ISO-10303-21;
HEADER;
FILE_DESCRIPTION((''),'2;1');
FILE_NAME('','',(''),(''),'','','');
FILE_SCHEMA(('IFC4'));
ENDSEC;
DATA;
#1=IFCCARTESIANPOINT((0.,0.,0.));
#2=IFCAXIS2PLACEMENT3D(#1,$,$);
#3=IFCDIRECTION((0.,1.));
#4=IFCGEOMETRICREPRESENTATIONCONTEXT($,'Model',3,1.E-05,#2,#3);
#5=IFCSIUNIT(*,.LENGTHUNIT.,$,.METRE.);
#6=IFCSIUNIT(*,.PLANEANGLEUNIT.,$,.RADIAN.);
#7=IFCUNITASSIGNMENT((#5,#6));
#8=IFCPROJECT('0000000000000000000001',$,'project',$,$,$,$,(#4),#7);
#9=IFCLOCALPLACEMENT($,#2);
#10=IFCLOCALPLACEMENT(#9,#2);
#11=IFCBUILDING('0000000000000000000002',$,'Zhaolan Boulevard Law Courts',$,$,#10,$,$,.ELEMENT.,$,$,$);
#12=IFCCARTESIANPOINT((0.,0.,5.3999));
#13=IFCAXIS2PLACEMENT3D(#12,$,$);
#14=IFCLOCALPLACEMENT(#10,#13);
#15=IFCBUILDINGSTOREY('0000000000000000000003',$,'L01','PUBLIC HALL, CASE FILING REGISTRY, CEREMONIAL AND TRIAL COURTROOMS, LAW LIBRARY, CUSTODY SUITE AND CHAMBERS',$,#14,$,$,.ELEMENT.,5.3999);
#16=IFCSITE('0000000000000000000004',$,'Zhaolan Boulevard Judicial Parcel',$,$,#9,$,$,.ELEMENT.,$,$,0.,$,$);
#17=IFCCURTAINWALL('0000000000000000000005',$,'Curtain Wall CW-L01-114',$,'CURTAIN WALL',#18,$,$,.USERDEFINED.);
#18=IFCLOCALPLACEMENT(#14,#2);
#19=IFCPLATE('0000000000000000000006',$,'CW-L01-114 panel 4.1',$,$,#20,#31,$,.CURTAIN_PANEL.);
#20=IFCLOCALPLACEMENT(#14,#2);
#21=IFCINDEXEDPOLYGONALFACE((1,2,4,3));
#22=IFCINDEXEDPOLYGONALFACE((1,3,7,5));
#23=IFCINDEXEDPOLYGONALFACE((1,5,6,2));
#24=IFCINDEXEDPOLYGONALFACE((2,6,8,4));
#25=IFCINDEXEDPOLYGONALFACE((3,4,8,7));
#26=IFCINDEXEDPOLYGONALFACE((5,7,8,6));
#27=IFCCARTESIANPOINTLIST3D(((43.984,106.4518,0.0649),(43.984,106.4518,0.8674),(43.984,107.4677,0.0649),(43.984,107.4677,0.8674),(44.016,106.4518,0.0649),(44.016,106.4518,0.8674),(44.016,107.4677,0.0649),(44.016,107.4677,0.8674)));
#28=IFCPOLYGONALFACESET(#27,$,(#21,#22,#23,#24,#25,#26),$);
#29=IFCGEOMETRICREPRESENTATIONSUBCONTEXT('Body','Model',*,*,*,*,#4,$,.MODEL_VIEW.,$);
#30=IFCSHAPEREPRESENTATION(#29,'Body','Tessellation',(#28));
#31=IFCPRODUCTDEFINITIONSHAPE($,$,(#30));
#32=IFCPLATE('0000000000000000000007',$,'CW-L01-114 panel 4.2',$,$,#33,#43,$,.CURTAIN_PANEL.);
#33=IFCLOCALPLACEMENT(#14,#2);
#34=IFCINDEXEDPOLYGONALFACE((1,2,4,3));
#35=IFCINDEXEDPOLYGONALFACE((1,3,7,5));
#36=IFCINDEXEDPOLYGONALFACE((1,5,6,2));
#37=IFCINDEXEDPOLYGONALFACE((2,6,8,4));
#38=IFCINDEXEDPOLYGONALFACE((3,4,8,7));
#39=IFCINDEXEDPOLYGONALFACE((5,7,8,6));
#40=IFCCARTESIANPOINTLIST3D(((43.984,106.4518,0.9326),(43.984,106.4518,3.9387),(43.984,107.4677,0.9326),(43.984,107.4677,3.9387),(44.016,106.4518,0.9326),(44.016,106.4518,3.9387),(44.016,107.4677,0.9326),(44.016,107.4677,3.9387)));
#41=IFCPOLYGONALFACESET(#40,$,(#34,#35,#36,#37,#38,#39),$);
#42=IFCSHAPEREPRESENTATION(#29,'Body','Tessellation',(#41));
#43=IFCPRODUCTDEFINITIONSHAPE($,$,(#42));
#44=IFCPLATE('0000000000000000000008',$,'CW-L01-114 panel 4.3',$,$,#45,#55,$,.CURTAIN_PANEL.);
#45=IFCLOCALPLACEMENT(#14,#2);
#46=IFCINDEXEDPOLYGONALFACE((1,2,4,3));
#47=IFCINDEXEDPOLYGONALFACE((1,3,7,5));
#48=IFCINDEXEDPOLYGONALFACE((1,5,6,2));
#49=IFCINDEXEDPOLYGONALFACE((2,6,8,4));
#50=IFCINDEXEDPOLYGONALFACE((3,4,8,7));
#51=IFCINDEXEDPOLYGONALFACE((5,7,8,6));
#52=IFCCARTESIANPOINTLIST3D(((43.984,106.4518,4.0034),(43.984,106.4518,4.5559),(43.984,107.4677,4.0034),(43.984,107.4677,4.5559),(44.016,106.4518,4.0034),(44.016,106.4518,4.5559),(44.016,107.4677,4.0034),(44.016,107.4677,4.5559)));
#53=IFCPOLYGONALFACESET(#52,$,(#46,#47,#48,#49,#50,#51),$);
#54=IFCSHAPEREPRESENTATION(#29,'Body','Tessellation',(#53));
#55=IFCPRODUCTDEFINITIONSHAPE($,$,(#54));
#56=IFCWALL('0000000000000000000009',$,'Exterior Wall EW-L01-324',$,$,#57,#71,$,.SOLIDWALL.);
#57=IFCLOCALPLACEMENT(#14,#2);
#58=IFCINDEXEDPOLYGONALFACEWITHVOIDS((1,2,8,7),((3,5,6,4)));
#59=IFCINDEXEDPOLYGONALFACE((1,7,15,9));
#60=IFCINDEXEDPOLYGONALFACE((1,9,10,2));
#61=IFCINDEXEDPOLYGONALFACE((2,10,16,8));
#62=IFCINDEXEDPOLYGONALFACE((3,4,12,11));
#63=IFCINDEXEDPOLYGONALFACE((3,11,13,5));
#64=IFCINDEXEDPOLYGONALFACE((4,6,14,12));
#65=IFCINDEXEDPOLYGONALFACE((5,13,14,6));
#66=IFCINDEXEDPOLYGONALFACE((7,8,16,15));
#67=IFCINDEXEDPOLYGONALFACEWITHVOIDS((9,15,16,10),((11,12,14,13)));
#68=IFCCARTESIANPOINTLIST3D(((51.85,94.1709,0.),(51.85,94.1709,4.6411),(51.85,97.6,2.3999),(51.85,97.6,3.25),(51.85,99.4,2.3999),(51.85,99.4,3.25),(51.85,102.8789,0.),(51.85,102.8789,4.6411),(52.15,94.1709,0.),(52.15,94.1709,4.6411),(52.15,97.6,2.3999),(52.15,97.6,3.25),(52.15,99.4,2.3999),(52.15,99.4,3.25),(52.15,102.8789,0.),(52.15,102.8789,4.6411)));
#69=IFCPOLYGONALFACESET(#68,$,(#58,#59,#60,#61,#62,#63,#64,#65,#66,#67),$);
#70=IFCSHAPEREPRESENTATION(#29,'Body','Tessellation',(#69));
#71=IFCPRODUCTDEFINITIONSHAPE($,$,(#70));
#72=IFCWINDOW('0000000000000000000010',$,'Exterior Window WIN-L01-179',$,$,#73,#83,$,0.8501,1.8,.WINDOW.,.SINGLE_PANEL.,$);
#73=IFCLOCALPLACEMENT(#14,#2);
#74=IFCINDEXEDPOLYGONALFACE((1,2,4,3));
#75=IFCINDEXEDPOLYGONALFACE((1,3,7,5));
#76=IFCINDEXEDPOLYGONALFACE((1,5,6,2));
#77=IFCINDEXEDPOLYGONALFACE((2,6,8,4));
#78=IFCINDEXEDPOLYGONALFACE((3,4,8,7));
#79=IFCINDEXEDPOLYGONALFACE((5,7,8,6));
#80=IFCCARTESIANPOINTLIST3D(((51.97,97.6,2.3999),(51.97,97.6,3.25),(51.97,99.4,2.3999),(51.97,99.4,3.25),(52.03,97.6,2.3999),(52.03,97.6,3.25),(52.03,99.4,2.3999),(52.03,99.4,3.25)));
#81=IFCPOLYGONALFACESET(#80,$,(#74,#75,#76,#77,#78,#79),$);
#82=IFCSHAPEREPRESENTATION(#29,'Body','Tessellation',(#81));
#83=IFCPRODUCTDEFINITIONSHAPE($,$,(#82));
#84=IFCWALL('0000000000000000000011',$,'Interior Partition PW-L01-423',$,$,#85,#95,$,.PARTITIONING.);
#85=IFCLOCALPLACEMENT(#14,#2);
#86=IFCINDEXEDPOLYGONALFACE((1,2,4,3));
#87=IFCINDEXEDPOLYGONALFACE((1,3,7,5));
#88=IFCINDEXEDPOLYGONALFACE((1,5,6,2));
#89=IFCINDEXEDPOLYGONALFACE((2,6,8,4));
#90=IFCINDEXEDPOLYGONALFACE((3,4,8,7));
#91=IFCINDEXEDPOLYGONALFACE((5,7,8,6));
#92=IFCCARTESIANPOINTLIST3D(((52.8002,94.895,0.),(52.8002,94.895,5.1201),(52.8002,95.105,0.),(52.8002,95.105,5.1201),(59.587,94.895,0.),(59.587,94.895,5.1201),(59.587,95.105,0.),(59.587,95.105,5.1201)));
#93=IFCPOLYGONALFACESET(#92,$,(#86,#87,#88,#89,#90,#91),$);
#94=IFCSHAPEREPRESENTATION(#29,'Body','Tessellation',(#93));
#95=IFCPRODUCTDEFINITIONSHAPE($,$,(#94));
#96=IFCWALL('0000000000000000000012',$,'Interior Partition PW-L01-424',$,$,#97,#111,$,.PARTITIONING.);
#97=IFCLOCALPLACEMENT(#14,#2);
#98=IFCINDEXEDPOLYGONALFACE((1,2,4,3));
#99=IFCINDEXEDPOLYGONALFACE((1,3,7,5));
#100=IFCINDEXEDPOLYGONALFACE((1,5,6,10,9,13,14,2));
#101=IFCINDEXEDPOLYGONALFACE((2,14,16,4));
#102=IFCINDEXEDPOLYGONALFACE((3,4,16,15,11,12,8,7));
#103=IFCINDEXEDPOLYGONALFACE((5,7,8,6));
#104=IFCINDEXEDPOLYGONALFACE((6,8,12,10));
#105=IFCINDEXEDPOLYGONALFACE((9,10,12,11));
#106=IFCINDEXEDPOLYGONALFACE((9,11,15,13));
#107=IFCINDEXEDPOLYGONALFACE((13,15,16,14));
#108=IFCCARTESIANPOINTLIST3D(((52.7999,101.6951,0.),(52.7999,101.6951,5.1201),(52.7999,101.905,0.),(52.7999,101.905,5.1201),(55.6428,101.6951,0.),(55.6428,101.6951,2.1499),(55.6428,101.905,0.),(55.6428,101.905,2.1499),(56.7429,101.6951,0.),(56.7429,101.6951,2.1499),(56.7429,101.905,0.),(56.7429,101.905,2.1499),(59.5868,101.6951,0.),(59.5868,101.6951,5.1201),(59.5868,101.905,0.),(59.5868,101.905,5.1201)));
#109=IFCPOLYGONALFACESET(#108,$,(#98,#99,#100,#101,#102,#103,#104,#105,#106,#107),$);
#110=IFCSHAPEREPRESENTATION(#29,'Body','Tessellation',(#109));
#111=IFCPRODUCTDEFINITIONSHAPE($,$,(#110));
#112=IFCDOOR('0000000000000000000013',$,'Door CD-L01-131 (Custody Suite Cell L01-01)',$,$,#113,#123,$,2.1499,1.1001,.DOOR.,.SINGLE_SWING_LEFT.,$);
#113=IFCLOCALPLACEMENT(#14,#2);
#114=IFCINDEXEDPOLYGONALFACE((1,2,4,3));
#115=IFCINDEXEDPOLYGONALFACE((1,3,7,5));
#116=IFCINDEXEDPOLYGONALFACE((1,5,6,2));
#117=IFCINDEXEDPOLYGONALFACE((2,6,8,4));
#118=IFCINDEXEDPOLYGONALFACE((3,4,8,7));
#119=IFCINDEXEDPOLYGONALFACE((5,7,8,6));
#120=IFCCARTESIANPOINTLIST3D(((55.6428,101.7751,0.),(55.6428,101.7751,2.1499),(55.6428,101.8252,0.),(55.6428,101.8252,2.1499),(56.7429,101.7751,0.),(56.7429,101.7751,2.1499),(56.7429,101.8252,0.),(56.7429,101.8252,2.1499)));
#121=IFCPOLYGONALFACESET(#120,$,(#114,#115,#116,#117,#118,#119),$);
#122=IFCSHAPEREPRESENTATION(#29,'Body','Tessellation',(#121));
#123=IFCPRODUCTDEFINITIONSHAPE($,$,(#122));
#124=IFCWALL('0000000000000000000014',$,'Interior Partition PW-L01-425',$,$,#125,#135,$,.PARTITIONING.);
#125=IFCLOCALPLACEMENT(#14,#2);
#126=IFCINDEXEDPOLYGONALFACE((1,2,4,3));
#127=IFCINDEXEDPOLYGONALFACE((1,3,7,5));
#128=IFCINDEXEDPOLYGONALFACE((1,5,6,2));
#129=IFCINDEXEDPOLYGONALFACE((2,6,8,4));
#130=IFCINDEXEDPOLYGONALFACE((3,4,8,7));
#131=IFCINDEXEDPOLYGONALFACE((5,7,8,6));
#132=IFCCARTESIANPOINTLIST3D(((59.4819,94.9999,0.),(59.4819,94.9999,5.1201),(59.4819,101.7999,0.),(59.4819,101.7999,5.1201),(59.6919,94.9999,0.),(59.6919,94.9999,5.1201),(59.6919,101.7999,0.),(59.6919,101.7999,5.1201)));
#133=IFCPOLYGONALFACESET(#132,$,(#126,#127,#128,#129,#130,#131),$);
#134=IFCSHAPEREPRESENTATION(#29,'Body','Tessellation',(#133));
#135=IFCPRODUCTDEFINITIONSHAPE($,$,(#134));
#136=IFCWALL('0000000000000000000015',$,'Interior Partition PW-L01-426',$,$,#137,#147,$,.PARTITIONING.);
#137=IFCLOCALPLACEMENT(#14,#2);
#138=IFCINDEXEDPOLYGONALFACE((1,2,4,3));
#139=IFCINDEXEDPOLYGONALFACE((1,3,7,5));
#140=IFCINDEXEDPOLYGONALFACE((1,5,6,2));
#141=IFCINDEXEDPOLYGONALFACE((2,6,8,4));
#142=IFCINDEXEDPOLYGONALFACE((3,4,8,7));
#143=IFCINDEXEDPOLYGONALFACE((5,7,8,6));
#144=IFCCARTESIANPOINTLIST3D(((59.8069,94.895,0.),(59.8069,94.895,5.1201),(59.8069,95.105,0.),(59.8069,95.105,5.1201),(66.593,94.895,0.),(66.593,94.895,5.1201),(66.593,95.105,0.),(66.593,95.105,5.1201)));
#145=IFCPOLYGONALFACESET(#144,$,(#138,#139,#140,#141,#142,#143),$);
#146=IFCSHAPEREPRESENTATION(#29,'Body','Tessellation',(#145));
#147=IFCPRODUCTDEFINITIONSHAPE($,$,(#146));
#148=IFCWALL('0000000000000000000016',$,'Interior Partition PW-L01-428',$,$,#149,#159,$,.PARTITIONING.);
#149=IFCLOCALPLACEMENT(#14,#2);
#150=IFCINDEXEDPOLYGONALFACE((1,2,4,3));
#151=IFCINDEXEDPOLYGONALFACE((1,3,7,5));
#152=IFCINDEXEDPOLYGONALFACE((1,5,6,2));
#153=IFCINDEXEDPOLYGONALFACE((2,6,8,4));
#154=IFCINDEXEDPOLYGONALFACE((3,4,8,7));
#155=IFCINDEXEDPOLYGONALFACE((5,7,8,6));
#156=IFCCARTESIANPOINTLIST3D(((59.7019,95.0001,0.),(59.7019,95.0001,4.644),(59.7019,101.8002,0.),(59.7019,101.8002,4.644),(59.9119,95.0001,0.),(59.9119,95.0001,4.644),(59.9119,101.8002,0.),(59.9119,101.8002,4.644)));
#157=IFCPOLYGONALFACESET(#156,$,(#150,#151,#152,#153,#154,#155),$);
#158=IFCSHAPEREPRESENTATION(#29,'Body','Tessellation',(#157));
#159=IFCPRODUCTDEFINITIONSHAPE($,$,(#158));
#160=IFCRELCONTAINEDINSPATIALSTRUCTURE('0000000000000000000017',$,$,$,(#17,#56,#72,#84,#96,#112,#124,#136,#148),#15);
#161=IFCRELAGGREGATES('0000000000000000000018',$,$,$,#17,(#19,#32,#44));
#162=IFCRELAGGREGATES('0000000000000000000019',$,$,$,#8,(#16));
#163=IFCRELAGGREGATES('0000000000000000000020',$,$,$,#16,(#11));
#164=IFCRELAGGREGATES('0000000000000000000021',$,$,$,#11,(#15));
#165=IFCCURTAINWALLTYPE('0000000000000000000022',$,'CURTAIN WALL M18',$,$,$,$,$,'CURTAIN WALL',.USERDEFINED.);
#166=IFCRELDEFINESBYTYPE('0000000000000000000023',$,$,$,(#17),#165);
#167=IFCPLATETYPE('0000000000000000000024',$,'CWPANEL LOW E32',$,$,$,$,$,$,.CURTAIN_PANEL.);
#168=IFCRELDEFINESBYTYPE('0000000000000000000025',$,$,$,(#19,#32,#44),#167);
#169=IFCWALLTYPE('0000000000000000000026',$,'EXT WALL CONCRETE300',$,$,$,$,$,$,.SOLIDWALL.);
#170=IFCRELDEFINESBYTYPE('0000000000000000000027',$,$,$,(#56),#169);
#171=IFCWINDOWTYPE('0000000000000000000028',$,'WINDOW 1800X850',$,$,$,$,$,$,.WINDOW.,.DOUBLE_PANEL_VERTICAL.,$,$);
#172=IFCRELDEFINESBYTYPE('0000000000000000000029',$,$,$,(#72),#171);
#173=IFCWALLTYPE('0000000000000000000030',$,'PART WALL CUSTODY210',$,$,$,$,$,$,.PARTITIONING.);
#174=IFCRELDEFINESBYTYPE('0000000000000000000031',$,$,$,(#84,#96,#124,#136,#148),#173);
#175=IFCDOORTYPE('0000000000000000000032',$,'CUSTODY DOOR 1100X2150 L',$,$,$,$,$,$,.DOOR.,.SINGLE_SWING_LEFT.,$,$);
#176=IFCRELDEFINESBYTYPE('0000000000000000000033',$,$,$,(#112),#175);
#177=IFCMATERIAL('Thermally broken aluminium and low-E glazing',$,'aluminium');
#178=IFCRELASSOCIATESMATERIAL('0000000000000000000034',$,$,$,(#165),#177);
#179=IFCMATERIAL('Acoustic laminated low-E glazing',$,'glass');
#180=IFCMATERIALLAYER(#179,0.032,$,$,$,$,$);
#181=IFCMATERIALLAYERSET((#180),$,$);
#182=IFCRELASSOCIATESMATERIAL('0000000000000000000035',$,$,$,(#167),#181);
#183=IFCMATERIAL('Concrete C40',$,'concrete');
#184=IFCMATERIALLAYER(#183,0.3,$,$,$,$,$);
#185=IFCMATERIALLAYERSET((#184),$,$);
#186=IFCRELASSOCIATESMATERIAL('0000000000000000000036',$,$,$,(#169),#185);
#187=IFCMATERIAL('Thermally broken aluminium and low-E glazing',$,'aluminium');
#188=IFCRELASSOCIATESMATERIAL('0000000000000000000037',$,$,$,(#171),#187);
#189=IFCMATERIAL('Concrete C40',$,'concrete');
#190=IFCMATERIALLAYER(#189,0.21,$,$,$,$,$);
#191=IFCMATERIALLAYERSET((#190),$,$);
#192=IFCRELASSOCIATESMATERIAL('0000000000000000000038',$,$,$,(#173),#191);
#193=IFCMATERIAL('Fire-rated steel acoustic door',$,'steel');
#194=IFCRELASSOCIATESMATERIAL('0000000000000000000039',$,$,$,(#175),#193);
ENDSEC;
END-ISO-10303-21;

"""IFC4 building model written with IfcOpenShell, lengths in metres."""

from ifc_helpers import new_model, si_unit, direction, frame, frame_2d, origin, origin_2d, place, context, subcontext, project, spatial, rectangle, extrude, material, layer, layer_set, type_object, element, fill, aggregate, save


model = new_model("IFC4")

# Units and contexts
model_context = context("Model", 3, precision=1e-05, world=origin(), true_north=direction((0.0, 1.0)))
body_context = subcontext(model_context, "Body", "Model", "MODEL_VIEW")
ifc_project = project(units=[si_unit("LENGTHUNIT", "METRE"), si_unit("PLANEANGLEUNIT", "RADIAN")], contexts=[model_context])

# Site, building, storey
site_placement = place(None, origin())
site = spatial("IfcSite", under=ifc_project, at=site_placement, Name="Zhaolan Boulevard Judicial Parcel", CompositionType="ELEMENT", RefElevation=0.0)
building_placement = place(site_placement, origin())
building = spatial("IfcBuilding", under=site, at=building_placement, Name="Zhaolan Boulevard Law Courts", CompositionType="ELEMENT")
storey_placement = place(building_placement, frame((0.0, 0.0, 5.3999)))
storey = spatial("IfcBuildingStorey", under=building, at=storey_placement, Name="L01", Description="PUBLIC HALL, CASE FILING REGISTRY, CEREMONIAL AND TRIAL COURTROOMS, LAW LIBRARY, CUSTODY SUITE AND CHAMBERS", CompositionType="ELEMENT", Elevation=5.3999)

# Curtain wall
ifc_material_1 = material(Name="Thermally broken aluminium and low-E glazing", Category="aluminium")
curtain_wall_type = type_object("IfcCurtainWallType", Name="CURTAIN WALL M18", ElementType="CURTAIN WALL", PredefinedType="USERDEFINED", material=ifc_material_1)
curtain_wall_placement = place(storey_placement, origin())
curtain_wall = element("IfcCurtainWall", 1, at=curtain_wall_placement, inside=storey, type_object=curtain_wall_type, Name="Curtain Wall CW-L01-114", ObjectType="CURTAIN WALL", PredefinedType="USERDEFINED")

# Plates
ifc_material_2 = material(Name="Acoustic laminated low-E glazing", Category="glass")
ifc_layer_1 = layer(ifc_material_2, 0.032)
ifc_layer_set_1 = layer_set([ifc_layer_1])
plate_type = type_object("IfcPlateType", Name="CWPANEL LOW E32", PredefinedType="CURTAIN_PANEL", material=ifc_layer_set_1)
plate_1_placement = place(storey_placement, frame((44.0, 106.9597, 0.0649), z_axis=(0.0, 0.0, 1.0), x_axis=(0.0, 1.0, 0.0)))
plate_1 = element("IfcPlate", 2, at=plate_1_placement, type_object=plate_type, Name="CW-L01-114 panel 4.1", PredefinedType="CURTAIN_PANEL", context=body_context, shape_type="SweptSolid", body=[
    extrude(rectangle(XDim=1.0159, YDim=0.032, at=origin_2d()), origin(), (0.0, 0.0, 1.0), 0.8025),
])
plate_2_placement = place(storey_placement, frame((44.0, 106.9597, 0.9326), z_axis=(0.0, 0.0, 1.0), x_axis=(0.0, 1.0, 0.0)))
plate_2 = element("IfcPlate", 3, at=plate_2_placement, type_object=plate_type, Name="CW-L01-114 panel 4.2", PredefinedType="CURTAIN_PANEL", context=body_context, shape_type="SweptSolid", body=[
    extrude(rectangle(XDim=1.0159, YDim=0.032, at=origin_2d()), origin(), (0.0, 0.0, 1.0), 3.0061),
])
plate_3_placement = place(storey_placement, frame((44.0, 106.9597, 4.0034), z_axis=(0.0, 0.0, 1.0), x_axis=(0.0, 1.0, 0.0)))
plate_3 = element("IfcPlate", 4, at=plate_3_placement, type_object=plate_type, Name="CW-L01-114 panel 4.3", PredefinedType="CURTAIN_PANEL", context=body_context, shape_type="SweptSolid", body=[
    extrude(rectangle(XDim=1.0159, YDim=0.032, at=origin_2d()), origin(), (0.0, 0.0, 1.0), 0.5525),
])
aggregate(curtain_wall, [plate_1, plate_2, plate_3])

# Wall, opening, window
ifc_material_3 = material(Name="Concrete C40", Category="concrete")
ifc_layer_2 = layer(ifc_material_3, 0.3)
ifc_layer_set_2 = layer_set([ifc_layer_2])
wall_type_1 = type_object("IfcWallType", Name="EXT WALL CONCRETE300", PredefinedType="SOLIDWALL", material=ifc_layer_set_2)
wall_1_placement = place(storey_placement, frame((52.0, 102.8789, 0.0), z_axis=(0.0, 0.0, 1.0), x_axis=(0.0, -1.0, 0.0)))
wall_1 = element("IfcWall", 5, at=wall_1_placement, inside=storey, type_object=wall_type_1, Name="Exterior Wall EW-L01-324", PredefinedType="SOLIDWALL", context=body_context, shape_type="SweptSolid", body=[
    extrude(rectangle(XDim=8.708, YDim=0.3, at=frame_2d((4.354, 0.0))), origin(), (0.0, 0.0, 1.0), 4.6411),
])
opening_1_placement = place(wall_1_placement, frame((3.479, 0.0, 2.3999)))
opening_1 = element("IfcOpeningElement", 6, at=opening_1_placement, cuts=wall_1, PredefinedType="OPENING", context=body_context, shape_type="SweptSolid", body=[
    extrude(rectangle(XDim=1.8, YDim=0.8501, at=frame_2d((0.8999, 0.425))), frame((0.0, 0.1599, 0.0), z_axis=(0.0, -1.0, 0.0), x_axis=(1.0, 0.0, 0.0)), (0.0, 0.0, 1.0), 0.3201),
])
ifc_material_4 = material(Name="Thermally broken aluminium and low-E glazing", Category="aluminium")
window_type = type_object("IfcWindowType", Name="WINDOW 1800X850", PartitioningType="DOUBLE_PANEL_VERTICAL", PredefinedType="WINDOW", material=ifc_material_4)
window_placement = place(opening_1_placement, origin())
window = element("IfcWindow", 7, at=window_placement, inside=storey, type_object=window_type, Name="Exterior Window WIN-L01-179", OverallHeight=0.8501, OverallWidth=1.8, PartitioningType="SINGLE_PANEL", PredefinedType="WINDOW", context=body_context, shape_type="SweptSolid", body=[
    extrude(rectangle(XDim=1.8, YDim=0.8501, at=frame_2d((0.8999, 0.425))), frame((0.0, 0.03, 0.0), z_axis=(0.0, -1.0, 0.0), x_axis=(1.0, 0.0, 0.0)), (0.0, 0.0, 1.0), 0.0601),
])
fill(opening_1, window)

# Wall
ifc_material_5 = material(Name="Concrete C40", Category="concrete")
ifc_layer_3 = layer(ifc_material_5, 0.21)
ifc_layer_set_3 = layer_set([ifc_layer_3])
wall_type_2 = type_object("IfcWallType", Name="PART WALL CUSTODY210", PredefinedType="PARTITIONING", material=ifc_layer_set_3)
wall_2_placement = place(storey_placement, frame((52.8, 95.0, 0.0), z_axis=(0.0, 0.0, 1.0), x_axis=(1.0, 0.0, 0.0)))
element("IfcWall", 8, at=wall_2_placement, inside=storey, type_object=wall_type_2, Name="Interior Partition PW-L01-423", PredefinedType="PARTITIONING", context=body_context, shape_type="SweptSolid", body=[
    extrude(rectangle(XDim=6.7869, YDim=0.21, at=frame_2d((3.3936, 0.0))), origin(), (0.0, 0.0, 1.0), 5.1201),
])

# Wall, opening, door
wall_3_placement = place(storey_placement, frame((59.5869, 101.8, 0.0), z_axis=(0.0, 0.0, 1.0), x_axis=(-1.0, 0.0, 0.0)))
wall_3 = element("IfcWall", 9, at=wall_3_placement, inside=storey, type_object=wall_type_2, Name="Interior Partition PW-L01-424", PredefinedType="PARTITIONING", context=body_context, shape_type="SweptSolid", body=[
    extrude(rectangle(XDim=6.7869, YDim=0.21, at=frame_2d((3.3936, 0.0))), origin(), (0.0, 0.0, 1.0), 5.1201),
])
opening_2_placement = place(wall_3_placement, frame((2.844, 0.0, 0.0)))
opening_2 = element("IfcOpeningElement", 10, at=opening_2_placement, cuts=wall_3, PredefinedType="OPENING", context=body_context, shape_type="SweptSolid", body=[
    extrude(rectangle(XDim=1.1001, YDim=2.1499, at=frame_2d((0.55, 1.075))), frame((0.0, 0.115, 0.0), z_axis=(0.0, -1.0, 0.0), x_axis=(1.0, 0.0, 0.0)), (0.0, 0.0, 1.0), 0.23),
])
ifc_material_6 = material(Name="Fire-rated steel acoustic door", Category="steel")
door_type = type_object("IfcDoorType", Name="CUSTODY DOOR 1100X2150 L", OperationType="SINGLE_SWING_LEFT", PredefinedType="DOOR", material=ifc_material_6)
door_placement = place(opening_2_placement, origin())
door = element("IfcDoor", 11, at=door_placement, inside=storey, type_object=door_type, Name="Door CD-L01-131 (Custody Suite Cell L01-01)", OperationType="SINGLE_SWING_LEFT", OverallHeight=2.1499, OverallWidth=1.1001, PredefinedType="DOOR", context=body_context, shape_type="SweptSolid", body=[
    extrude(rectangle(XDim=1.1001, YDim=2.1499, at=frame_2d((0.55, 1.075))), frame((0.0, 0.0249, 0.0), z_axis=(0.0, -1.0, 0.0), x_axis=(1.0, 0.0, 0.0)), (0.0, 0.0, 1.0), 0.05),
])
fill(opening_2, door)

# Walls
wall_4_placement = place(storey_placement, frame((59.5869, 95.0, 0.0), z_axis=(0.0, 0.0, 1.0), x_axis=(0.0, 1.0, 0.0)))
element("IfcWall", 12, at=wall_4_placement, inside=storey, type_object=wall_type_2, Name="Interior Partition PW-L01-425", PredefinedType="PARTITIONING", context=body_context, shape_type="SweptSolid", body=[
    extrude(rectangle(XDim=6.8, YDim=0.21, at=frame_2d((3.3999, 0.0))), origin(), (0.0, 0.0, 1.0), 5.1201),
])
wall_5_placement = place(storey_placement, frame((59.8069, 95.0, 0.0), z_axis=(0.0, 0.0, 1.0), x_axis=(1.0, 0.0, 0.0)))
element("IfcWall", 13, at=wall_5_placement, inside=storey, type_object=wall_type_2, Name="Interior Partition PW-L01-426", PredefinedType="PARTITIONING", context=body_context, shape_type="SweptSolid", body=[
    extrude(rectangle(XDim=6.7861, YDim=0.21, at=frame_2d((3.3931, 0.0))), origin(), (0.0, 0.0, 1.0), 5.1201),
])
wall_6_placement = place(storey_placement, frame((59.8069, 101.8, 0.0), z_axis=(0.0, 0.0, 1.0), x_axis=(0.0, -1.0, 0.0)))
element("IfcWall", 14, at=wall_6_placement, inside=storey, type_object=wall_type_2, Name="Interior Partition PW-L01-428", PredefinedType="PARTITIONING", context=body_context, shape_type="SweptSolid", body=[
    extrude(rectangle(XDim=6.8, YDim=0.21, at=frame_2d((3.3999, 0.0))), origin(), (0.0, 0.0, 1.0), 4.644),
])

save(model, "model.ifc")
